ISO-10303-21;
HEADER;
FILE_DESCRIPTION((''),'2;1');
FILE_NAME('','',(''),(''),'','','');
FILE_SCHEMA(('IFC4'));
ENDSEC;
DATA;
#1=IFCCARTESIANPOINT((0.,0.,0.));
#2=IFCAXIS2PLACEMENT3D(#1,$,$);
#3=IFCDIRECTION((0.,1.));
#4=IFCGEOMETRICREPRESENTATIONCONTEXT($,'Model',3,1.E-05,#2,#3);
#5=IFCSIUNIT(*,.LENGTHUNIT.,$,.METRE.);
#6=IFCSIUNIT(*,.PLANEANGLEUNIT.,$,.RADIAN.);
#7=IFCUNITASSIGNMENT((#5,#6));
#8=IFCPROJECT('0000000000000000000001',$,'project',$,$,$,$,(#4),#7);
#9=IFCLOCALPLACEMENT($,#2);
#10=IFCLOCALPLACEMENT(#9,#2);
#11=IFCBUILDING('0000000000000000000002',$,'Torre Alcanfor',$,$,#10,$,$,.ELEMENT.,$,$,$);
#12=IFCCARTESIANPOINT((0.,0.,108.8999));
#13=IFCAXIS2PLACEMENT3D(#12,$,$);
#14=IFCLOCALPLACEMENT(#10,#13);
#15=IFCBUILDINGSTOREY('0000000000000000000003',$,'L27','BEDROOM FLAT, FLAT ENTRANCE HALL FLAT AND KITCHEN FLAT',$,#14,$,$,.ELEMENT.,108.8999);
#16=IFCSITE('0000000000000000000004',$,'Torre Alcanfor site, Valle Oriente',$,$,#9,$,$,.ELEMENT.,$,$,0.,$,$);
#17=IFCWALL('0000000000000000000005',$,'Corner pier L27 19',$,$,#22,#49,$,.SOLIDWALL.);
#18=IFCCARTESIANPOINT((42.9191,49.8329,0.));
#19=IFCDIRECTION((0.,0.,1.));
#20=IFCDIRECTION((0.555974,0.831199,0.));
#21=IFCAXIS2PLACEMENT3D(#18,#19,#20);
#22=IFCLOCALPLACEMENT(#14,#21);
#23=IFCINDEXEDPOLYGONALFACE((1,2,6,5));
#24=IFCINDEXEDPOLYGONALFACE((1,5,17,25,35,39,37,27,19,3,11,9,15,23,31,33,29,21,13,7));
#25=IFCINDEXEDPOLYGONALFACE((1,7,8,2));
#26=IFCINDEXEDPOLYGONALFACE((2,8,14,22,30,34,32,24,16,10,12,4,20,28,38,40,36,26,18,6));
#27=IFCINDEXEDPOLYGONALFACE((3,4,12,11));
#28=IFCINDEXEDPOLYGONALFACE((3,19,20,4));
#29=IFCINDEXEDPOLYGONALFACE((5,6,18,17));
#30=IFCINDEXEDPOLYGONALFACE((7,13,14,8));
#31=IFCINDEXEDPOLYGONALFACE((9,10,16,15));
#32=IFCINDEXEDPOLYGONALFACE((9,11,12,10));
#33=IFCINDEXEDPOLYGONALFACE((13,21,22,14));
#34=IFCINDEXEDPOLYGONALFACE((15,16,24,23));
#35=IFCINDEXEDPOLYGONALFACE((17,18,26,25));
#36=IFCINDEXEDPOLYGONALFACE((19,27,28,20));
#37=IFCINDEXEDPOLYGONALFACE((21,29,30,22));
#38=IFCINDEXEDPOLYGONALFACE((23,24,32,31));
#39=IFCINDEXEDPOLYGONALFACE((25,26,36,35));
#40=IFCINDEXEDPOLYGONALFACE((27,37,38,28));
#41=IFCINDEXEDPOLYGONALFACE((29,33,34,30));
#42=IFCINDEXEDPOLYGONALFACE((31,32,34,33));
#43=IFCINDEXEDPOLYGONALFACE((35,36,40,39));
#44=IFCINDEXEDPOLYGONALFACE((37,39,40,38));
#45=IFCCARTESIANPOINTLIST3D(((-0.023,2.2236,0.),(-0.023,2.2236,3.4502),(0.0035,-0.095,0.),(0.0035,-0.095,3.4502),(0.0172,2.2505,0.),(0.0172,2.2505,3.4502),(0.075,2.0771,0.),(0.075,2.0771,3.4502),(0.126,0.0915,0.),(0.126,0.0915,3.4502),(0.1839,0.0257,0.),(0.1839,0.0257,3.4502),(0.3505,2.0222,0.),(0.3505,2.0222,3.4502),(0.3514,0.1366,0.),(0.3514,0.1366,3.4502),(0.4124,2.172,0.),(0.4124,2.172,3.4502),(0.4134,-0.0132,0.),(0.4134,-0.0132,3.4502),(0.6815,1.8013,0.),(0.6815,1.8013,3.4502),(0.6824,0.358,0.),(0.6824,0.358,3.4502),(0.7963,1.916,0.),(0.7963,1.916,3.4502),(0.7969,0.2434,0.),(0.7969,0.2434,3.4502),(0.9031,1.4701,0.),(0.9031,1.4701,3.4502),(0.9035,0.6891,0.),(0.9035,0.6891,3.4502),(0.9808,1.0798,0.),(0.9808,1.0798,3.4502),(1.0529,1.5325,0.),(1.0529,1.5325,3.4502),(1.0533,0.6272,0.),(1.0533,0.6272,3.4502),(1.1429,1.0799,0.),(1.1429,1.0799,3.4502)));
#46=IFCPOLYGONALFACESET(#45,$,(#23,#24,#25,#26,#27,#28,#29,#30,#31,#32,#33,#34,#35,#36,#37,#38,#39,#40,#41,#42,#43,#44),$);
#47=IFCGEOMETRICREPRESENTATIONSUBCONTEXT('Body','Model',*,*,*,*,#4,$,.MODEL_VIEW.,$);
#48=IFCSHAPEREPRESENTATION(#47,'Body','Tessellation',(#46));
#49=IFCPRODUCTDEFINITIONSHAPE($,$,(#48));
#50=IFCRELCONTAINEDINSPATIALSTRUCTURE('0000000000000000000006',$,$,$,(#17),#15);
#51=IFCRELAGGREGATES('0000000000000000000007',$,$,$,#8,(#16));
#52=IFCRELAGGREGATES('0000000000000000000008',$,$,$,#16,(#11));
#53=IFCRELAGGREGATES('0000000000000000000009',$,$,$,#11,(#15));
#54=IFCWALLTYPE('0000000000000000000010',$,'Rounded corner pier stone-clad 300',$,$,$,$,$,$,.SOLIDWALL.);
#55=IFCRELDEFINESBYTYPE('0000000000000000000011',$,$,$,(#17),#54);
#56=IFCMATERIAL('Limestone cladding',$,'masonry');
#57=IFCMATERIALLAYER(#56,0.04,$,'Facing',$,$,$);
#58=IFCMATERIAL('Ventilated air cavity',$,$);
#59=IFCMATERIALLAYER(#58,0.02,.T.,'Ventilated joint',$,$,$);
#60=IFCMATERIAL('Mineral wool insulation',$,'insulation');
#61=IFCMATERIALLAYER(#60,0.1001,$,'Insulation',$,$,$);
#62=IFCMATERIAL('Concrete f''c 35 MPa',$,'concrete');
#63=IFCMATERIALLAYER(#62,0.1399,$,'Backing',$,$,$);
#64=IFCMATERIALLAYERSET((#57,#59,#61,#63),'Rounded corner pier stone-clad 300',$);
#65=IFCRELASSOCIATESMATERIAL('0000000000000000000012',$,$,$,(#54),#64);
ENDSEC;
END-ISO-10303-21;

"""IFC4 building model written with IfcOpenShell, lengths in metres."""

from ifc_helpers import new_model, si_unit, direction, frame, origin, place, context, subcontext, project, spatial, polyline, outline, extrude, material, layer, layer_set, type_object, element, save


model = new_model("IFC4")

# Units and contexts
model_context = context("Model", 3, precision=1e-05, world=origin(), true_north=direction((0.0, 1.0)))
body_context = subcontext(model_context, "Body", "Model", "MODEL_VIEW")
ifc_project = project(units=[si_unit("LENGTHUNIT", "METRE"), si_unit("PLANEANGLEUNIT", "RADIAN")], contexts=[model_context])

# Site, building, storey
site_placement = place(None, origin())
site = spatial("IfcSite", under=ifc_project, at=site_placement, Name="Torre Alcanfor site, Valle Oriente", CompositionType="ELEMENT", RefElevation=0.0)
building_placement = place(site_placement, origin())
building = spatial("IfcBuilding", under=site, at=building_placement, Name="Torre Alcanfor", CompositionType="ELEMENT")
storey_placement = place(building_placement, frame((0.0, 0.0, 108.8999)))
storey = spatial("IfcBuildingStorey", under=building, at=storey_placement, Name="L27", Description="BEDROOM FLAT, FLAT ENTRANCE HALL FLAT AND KITCHEN FLAT", CompositionType="ELEMENT", Elevation=108.8999)

# Shared definitions
ifc_material_1 = material(Name="Limestone cladding", Category="masonry")
ifc_material_2 = material(Name="Ventilated air cavity")
ifc_material_3 = material(Name="Mineral wool insulation", Category="insulation")
ifc_material_4 = material(Name="Concrete f'c 35 MPa", Category="concrete")

# Wall
ifc_layer_1 = layer(ifc_material_1, 0.04, Name="Facing")
ifc_layer_2 = layer(ifc_material_2, 0.02, ventilated=True, Name="Ventilated joint")
ifc_layer_3 = layer(ifc_material_3, 0.1001, Name="Insulation")
ifc_layer_4 = layer(ifc_material_4, 0.1399, Name="Backing")
ifc_layer_set_1 = layer_set([ifc_layer_1, ifc_layer_2, ifc_layer_3, ifc_layer_4], Name="Rounded corner pier stone-clad 300")
wall_type_1 = type_object("IfcWallType", Name="Rounded corner pier stone-clad 300", PredefinedType="SOLIDWALL", material=ifc_layer_set_1)
wall_1_placement = place(storey_placement, frame((42.9191, 49.8329, 0.0), z_axis=(0.0, 0.0, 1.0), x_axis=(0.555974, 0.831199, 0.0)))
element("IfcWall", 1, at=wall_1_placement, inside=storey, type_object=wall_type_1, Name="Corner pier L27 19", PredefinedType="SOLIDWALL", context=body_context, shape_type="SweptSolid", body=[
    extrude(outline(polyline([(0.4134, -0.0132), (0.7969, 0.2434), (1.0533, 0.6272), (1.1429, 1.0799), (1.0529, 1.5325), (0.7963, 1.916), (0.4124, 2.172), (0.0172, 2.2505), (-0.023, 2.2236), (0.075, 2.0771), (0.3505, 2.0222), (0.6815, 1.8013), (0.9031, 1.4701), (0.9808, 1.0798), (0.9035, 0.6891), (0.6824, 0.358), (0.3514, 0.1366), (0.126, 0.0915), (0.1839, 0.0257), (0.0035, -0.095), (0.4134, -0.0132)])), origin(), (0.0, 0.0, 1.0), 3.4502),
])

save(model, "model.ifc")
